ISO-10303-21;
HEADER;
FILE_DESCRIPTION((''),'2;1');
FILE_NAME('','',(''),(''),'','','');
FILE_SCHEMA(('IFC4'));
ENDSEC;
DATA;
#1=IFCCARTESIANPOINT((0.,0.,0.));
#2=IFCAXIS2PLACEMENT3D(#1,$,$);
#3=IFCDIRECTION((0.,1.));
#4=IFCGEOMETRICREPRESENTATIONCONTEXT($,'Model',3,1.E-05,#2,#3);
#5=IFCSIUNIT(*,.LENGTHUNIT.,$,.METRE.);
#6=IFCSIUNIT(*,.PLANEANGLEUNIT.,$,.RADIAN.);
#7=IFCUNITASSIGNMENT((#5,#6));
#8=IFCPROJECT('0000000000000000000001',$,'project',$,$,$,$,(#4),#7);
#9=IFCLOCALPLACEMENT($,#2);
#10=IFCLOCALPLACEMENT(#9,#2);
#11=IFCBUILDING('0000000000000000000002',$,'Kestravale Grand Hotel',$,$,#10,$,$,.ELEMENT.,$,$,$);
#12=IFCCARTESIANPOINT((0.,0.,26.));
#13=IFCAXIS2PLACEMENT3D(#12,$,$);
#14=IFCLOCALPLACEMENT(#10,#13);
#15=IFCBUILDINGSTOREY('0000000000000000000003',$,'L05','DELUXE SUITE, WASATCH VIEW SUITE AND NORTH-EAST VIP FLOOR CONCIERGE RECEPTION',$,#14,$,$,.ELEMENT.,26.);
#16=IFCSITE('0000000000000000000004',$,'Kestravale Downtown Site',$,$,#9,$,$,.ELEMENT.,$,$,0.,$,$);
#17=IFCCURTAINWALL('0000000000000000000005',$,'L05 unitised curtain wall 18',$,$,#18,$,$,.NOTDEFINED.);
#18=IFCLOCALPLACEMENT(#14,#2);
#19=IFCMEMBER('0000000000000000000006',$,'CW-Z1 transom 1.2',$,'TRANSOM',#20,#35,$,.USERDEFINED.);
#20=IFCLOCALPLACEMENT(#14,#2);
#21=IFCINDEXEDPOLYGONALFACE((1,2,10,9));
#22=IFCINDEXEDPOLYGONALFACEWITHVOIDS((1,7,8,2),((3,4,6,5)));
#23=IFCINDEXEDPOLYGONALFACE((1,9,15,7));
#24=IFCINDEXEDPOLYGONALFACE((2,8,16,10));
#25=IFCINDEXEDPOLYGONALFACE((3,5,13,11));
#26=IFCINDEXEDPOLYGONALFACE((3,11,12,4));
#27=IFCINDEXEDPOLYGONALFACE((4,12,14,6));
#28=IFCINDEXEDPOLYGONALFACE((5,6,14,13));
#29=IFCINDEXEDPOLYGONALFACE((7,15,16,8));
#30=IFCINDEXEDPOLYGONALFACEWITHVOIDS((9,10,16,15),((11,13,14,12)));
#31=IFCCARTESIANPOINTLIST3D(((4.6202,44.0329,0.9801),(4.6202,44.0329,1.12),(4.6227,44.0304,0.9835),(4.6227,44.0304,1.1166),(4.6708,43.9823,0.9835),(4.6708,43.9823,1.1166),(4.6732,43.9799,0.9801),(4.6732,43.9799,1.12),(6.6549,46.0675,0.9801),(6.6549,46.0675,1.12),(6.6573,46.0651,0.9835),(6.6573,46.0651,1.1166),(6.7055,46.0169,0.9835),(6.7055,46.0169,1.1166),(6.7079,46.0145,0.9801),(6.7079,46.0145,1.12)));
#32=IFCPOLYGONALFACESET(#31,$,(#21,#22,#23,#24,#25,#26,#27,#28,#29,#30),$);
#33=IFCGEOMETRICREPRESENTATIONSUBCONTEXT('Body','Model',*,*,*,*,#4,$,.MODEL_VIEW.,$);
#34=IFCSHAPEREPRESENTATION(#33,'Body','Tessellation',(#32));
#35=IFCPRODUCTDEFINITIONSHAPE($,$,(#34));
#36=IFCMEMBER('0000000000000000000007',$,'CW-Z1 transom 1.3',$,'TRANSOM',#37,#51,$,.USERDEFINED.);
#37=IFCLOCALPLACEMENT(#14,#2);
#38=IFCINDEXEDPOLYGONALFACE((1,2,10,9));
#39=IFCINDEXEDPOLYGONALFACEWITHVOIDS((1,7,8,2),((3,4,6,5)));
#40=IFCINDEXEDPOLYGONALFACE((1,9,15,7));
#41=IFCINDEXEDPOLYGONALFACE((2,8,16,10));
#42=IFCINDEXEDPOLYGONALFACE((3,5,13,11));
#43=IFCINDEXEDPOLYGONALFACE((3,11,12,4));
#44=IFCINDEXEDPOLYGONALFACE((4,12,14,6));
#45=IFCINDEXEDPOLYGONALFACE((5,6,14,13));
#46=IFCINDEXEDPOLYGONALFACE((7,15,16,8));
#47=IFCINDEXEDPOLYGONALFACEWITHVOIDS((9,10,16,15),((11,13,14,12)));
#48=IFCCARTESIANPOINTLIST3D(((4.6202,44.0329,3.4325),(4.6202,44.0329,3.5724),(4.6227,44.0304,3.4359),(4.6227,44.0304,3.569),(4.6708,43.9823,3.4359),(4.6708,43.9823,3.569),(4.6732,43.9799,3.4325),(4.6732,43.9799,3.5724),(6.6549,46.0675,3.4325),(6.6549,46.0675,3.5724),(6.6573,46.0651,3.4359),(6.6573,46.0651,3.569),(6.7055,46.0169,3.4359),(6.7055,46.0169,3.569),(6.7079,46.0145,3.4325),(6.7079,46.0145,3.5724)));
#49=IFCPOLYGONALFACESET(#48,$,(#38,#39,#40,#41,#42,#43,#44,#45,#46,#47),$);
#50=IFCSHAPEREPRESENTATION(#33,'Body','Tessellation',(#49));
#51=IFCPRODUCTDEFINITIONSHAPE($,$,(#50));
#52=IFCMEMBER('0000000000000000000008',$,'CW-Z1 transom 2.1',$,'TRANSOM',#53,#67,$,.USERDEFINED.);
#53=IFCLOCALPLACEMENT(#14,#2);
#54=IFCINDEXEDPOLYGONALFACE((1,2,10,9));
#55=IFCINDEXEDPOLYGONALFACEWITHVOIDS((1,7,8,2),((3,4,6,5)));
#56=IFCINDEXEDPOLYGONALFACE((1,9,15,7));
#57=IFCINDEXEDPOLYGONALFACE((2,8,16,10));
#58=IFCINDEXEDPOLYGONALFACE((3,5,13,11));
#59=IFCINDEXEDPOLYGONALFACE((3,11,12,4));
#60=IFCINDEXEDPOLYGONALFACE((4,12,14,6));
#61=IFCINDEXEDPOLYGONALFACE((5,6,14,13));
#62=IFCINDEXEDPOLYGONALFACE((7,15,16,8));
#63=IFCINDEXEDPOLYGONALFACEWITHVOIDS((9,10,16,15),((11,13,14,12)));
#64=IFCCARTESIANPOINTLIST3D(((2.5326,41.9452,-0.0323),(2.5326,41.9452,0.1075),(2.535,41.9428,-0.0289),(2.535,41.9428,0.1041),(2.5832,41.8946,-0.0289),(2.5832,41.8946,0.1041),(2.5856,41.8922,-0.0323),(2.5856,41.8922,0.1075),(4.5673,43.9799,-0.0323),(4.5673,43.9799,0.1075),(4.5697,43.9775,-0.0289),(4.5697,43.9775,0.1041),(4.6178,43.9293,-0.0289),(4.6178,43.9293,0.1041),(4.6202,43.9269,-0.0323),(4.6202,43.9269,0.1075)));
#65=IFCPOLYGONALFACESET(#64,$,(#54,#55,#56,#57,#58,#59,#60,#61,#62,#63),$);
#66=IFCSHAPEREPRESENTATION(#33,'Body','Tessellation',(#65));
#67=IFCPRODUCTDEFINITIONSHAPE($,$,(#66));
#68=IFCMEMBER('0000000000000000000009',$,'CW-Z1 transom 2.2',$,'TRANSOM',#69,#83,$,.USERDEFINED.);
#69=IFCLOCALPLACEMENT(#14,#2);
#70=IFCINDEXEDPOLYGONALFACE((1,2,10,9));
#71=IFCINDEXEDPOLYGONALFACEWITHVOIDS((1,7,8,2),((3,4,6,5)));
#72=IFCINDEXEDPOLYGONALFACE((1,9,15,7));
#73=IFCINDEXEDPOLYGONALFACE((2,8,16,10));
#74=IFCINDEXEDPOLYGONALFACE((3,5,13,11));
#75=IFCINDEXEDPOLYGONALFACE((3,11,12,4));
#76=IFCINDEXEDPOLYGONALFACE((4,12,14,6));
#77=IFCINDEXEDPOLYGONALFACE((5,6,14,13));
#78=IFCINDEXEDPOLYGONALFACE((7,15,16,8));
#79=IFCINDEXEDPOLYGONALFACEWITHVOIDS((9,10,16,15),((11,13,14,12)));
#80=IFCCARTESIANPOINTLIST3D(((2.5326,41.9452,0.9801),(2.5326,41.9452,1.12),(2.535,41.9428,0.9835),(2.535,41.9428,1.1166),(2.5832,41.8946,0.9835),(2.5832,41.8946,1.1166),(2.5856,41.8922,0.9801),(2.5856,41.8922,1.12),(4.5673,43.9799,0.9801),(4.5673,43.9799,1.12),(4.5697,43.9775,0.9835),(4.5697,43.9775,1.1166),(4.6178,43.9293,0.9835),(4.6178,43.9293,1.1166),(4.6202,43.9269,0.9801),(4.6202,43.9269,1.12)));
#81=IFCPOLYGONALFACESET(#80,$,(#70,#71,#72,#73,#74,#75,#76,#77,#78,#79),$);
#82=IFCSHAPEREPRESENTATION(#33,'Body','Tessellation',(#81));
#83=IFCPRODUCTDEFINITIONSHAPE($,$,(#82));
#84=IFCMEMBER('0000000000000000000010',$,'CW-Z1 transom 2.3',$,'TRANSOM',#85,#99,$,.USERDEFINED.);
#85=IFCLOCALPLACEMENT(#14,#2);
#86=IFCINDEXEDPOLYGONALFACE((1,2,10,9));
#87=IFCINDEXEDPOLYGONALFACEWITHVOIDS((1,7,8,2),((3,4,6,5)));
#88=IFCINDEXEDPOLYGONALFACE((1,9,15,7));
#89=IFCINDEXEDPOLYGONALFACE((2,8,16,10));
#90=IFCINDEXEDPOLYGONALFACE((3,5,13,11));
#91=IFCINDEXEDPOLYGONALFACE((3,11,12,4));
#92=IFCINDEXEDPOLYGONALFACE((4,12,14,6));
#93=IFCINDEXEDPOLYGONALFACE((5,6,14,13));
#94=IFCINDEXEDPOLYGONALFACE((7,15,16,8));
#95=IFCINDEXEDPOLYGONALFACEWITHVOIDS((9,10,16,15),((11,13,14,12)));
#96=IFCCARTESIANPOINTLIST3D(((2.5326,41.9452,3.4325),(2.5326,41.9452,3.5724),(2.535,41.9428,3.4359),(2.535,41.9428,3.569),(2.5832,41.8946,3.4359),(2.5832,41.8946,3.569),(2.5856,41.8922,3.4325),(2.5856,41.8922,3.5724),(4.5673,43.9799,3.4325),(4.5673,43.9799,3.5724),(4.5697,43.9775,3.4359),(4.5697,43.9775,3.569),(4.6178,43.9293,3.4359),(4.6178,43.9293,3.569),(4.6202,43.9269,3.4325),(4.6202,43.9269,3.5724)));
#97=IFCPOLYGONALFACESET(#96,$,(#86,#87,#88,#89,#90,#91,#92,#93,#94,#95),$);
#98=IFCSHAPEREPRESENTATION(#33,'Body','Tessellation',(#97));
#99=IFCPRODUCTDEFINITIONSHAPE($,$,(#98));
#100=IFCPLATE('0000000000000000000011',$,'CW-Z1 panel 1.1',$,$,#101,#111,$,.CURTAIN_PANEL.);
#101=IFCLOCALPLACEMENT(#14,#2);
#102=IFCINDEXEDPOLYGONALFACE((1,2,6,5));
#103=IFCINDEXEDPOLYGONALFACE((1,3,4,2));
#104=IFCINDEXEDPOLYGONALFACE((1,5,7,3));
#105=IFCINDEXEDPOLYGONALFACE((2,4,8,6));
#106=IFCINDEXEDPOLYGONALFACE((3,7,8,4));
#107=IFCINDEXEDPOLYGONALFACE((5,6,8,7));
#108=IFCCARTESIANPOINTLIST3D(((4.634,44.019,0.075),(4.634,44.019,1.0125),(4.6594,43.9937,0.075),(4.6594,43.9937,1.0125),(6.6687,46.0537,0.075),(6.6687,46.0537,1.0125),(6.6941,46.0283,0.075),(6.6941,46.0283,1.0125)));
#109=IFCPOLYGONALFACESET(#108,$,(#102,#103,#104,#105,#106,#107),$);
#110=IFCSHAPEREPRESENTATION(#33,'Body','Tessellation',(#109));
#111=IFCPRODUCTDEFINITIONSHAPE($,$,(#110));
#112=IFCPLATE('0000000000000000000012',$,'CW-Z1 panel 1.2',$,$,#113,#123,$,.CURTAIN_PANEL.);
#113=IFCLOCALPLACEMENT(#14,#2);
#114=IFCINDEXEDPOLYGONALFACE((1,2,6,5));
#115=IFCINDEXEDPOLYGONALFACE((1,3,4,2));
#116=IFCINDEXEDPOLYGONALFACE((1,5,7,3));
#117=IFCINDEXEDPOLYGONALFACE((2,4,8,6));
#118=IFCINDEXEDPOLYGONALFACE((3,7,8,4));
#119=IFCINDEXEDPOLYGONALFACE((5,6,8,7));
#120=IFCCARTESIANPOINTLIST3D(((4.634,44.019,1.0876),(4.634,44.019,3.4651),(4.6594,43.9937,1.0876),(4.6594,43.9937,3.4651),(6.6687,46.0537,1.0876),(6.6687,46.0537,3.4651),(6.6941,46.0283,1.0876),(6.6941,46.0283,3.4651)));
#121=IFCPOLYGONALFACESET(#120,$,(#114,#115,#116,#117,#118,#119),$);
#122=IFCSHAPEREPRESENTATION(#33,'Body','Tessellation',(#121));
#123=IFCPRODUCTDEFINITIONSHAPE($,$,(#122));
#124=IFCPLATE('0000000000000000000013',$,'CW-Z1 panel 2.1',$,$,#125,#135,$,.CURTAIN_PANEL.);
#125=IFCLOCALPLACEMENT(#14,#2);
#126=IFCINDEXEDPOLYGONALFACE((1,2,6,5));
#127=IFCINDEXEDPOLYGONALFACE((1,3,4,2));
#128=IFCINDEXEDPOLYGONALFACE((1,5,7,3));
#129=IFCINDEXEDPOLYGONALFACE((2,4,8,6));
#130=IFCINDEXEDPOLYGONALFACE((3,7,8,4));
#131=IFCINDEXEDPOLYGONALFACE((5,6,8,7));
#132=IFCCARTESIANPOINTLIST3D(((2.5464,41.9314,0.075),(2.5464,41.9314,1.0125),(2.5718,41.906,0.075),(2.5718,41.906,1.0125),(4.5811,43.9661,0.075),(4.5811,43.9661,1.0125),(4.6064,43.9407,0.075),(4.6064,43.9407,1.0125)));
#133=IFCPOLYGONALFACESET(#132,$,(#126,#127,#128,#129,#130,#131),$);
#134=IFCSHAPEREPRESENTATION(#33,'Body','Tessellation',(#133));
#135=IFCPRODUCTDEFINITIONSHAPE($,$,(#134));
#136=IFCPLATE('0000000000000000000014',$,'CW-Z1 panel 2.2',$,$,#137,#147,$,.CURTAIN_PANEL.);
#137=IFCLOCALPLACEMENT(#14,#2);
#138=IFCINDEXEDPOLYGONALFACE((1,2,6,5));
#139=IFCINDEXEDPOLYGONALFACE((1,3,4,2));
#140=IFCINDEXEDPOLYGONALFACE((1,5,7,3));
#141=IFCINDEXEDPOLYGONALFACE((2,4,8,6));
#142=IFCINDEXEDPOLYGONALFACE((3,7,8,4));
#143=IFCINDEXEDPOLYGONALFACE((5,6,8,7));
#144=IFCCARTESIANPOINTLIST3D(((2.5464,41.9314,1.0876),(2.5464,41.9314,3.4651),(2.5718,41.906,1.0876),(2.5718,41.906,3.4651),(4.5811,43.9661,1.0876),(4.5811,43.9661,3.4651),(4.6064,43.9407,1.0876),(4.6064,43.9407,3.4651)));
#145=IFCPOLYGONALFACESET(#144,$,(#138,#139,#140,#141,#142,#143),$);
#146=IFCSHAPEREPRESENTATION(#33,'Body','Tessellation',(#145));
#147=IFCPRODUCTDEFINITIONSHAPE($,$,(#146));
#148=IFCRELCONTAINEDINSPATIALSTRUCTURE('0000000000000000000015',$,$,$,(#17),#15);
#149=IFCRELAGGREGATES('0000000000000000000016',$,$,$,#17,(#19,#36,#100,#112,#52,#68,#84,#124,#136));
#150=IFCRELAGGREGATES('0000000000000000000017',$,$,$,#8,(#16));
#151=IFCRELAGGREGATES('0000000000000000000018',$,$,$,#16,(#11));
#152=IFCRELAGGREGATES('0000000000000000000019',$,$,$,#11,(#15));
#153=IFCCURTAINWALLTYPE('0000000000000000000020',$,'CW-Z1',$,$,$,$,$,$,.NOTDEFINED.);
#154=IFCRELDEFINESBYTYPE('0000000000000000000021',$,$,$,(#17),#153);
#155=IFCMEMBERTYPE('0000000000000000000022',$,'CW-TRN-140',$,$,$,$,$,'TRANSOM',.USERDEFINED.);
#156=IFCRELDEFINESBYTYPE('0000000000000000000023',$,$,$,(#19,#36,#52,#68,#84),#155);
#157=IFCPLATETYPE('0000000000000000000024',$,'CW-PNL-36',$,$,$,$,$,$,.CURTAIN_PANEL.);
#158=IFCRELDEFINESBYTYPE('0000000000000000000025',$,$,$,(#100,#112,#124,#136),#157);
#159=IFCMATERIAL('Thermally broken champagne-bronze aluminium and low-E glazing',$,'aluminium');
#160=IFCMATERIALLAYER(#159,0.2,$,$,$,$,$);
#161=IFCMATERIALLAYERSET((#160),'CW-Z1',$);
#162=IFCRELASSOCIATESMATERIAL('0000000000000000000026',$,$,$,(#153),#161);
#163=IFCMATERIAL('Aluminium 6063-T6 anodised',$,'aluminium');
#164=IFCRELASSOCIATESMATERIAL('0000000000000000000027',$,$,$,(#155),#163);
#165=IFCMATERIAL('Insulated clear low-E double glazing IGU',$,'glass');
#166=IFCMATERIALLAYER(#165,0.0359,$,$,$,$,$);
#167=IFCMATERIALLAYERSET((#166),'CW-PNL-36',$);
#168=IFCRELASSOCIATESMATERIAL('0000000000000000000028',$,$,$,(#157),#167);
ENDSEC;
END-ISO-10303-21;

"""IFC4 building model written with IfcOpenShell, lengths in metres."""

from ifc_helpers import new_model, si_unit, direction, frame, origin, origin_2d, place, context, subcontext, project, spatial, rectangle, hollow_rectangle, extrude, material, layer, layer_set, material_profile, profile_set, type_object, element, aggregate, save


model = new_model("IFC4")

# Units and contexts
model_context = context("Model", 3, precision=1e-05, world=origin(), true_north=direction((0.0, 1.0)))
body_context = subcontext(model_context, "Body", "Model", "MODEL_VIEW")
ifc_project = project(units=[si_unit("LENGTHUNIT", "METRE"), si_unit("PLANEANGLEUNIT", "RADIAN")], contexts=[model_context])

# Site, building, storey
site_placement = place(None, origin())
site = spatial("IfcSite", under=ifc_project, at=site_placement, Name="Kestravale Downtown Site", CompositionType="ELEMENT", RefElevation=0.0)
building_placement = place(site_placement, origin())
building = spatial("IfcBuilding", under=site, at=building_placement, Name="Kestravale Grand Hotel", CompositionType="ELEMENT")
storey_placement = place(building_placement, frame((0.0, 0.0, 26.0)))
storey = spatial("IfcBuildingStorey", under=building, at=storey_placement, Name="L05", Description="DELUXE SUITE, WASATCH VIEW SUITE AND NORTH-EAST VIP FLOOR CONCIERGE RECEPTION", CompositionType="ELEMENT", Elevation=26.0)

# Curtain wall, members, plates
ifc_material_1 = material(Name="Thermally broken champagne-bronze aluminium and low-E glazing", Category="aluminium")
ifc_layer_1 = layer(ifc_material_1, 0.2)
ifc_layer_set_1 = layer_set([ifc_layer_1], Name="CW-Z1")
curtain_wall_type = type_object("IfcCurtainWallType", Name="CW-Z1", PredefinedType="NOTDEFINED", material=ifc_layer_set_1)
curtain_wall_placement = place(storey_placement, origin())
curtain_wall = element("IfcCurtainWall", 1, at=curtain_wall_placement, inside=storey, type_object=curtain_wall_type, Name="L05 unitised curtain wall 18", PredefinedType="NOTDEFINED")
ifc_material_2 = material(Name="Aluminium 6063-T6 anodised", Category="aluminium")
ifc_material_profile_1 = material_profile(ifc_material_2, hollow_rectangle(XDim=0.075, YDim=0.1399, WallThickness=0.0034, at=origin_2d()))
ifc_profile_set_1 = profile_set([ifc_material_profile_1], Name="Aluminium 6063-T6 anodised")
member_type_1 = type_object("IfcMemberType", Name="CW-TRN-140", ElementType="TRANSOM", PredefinedType="USERDEFINED", material=ifc_profile_set_1)
member_1_placement = place(storey_placement, frame((6.6814, 46.041, 1.05), z_axis=(-0.707107, -0.707107, 0.0), x_axis=(0.707107, -0.707107, 0.0)))
member_1 = element("IfcMember", 2, at=member_1_placement, type_object=member_type_1, Name="CW-Z1 transom 1.2", ObjectType="TRANSOM", PredefinedType="USERDEFINED", context=body_context, shape_type="SweptSolid", body=[
    extrude(hollow_rectangle(XDim=0.075, YDim=0.1399, WallThickness=0.0034, at=origin_2d()), origin(), (0.0, 0.0, 1.0), 2.8774),
])
member_2_placement = place(storey_placement, frame((6.6814, 46.041, 3.5024), z_axis=(-0.707107, -0.707107, 0.0), x_axis=(0.707107, -0.707107, 0.0)))
member_2 = element("IfcMember", 3, at=member_2_placement, type_object=member_type_1, Name="CW-Z1 transom 1.3", ObjectType="TRANSOM", PredefinedType="USERDEFINED", context=body_context, shape_type="SweptSolid", body=[
    extrude(hollow_rectangle(XDim=0.075, YDim=0.1399, WallThickness=0.0034, at=origin_2d()), origin(), (0.0, 0.0, 1.0), 2.8774),
])
member_3_placement = place(storey_placement, frame((4.5938, 43.9534, 0.0376), z_axis=(-0.707107, -0.707107, 0.0), x_axis=(0.707107, -0.707107, 0.0)))
member_3 = element("IfcMember", 4, at=member_3_placement, type_object=member_type_1, Name="CW-Z1 transom 2.1", ObjectType="TRANSOM", PredefinedType="USERDEFINED", context=body_context, shape_type="SweptSolid", body=[
    extrude(hollow_rectangle(XDim=0.075, YDim=0.1399, WallThickness=0.0034, at=origin_2d()), origin(), (0.0, 0.0, 1.0), 2.8774),
])
member_4_placement = place(storey_placement, frame((4.5938, 43.9534, 1.05), z_axis=(-0.707107, -0.707107, 0.0), x_axis=(0.707107, -0.707107, 0.0)))
member_4 = element("IfcMember", 5, at=member_4_placement, type_object=member_type_1, Name="CW-Z1 transom 2.2", ObjectType="TRANSOM", PredefinedType="USERDEFINED", context=body_context, shape_type="SweptSolid", body=[
    extrude(hollow_rectangle(XDim=0.075, YDim=0.1399, WallThickness=0.0034, at=origin_2d()), origin(), (0.0, 0.0, 1.0), 2.8774),
])
member_5_placement = place(storey_placement, frame((4.5938, 43.9534, 3.5024), z_axis=(-0.707107, -0.707107, 0.0), x_axis=(0.707107, -0.707107, 0.0)))
member_5 = element("IfcMember", 6, at=member_5_placement, type_object=member_type_1, Name="CW-Z1 transom 2.3", ObjectType="TRANSOM", PredefinedType="USERDEFINED", context=body_context, shape_type="SweptSolid", body=[
    extrude(hollow_rectangle(XDim=0.075, YDim=0.1399, WallThickness=0.0034, at=origin_2d()), origin(), (0.0, 0.0, 1.0), 2.8774),
])
ifc_material_3 = material(Name="Insulated clear low-E double glazing IGU", Category="glass")
ifc_layer_2 = layer(ifc_material_3, 0.0359)
ifc_layer_set_2 = layer_set([ifc_layer_2], Name="CW-PNL-36")
plate_type = type_object("IfcPlateType", Name="CW-PNL-36", PredefinedType="CURTAIN_PANEL", material=ifc_layer_set_2)
plate_1_placement = place(storey_placement, frame((5.6641, 45.0237, 0.075), z_axis=(0.0, 0.0, 1.0), x_axis=(-0.707107, -0.707107, 0.0)))
plate_1 = element("IfcPlate", 7, at=plate_1_placement, type_object=plate_type, Name="CW-Z1 panel 1.1", PredefinedType="CURTAIN_PANEL", context=body_context, shape_type="SweptSolid", body=[
    extrude(rectangle(XDim=2.8774, YDim=0.0359, at=origin_2d()), origin(), (0.0, 0.0, 1.0), 0.9375),
])
plate_2_placement = place(storey_placement, frame((5.6641, 45.0237, 1.0876), z_axis=(0.0, 0.0, 1.0), x_axis=(-0.707107, -0.707107, 0.0)))
plate_2 = element("IfcPlate", 8, at=plate_2_placement, type_object=plate_type, Name="CW-Z1 panel 1.2", PredefinedType="CURTAIN_PANEL", context=body_context, shape_type="SweptSolid", body=[
    extrude(rectangle(XDim=2.8774, YDim=0.0359, at=origin_2d()), origin(), (0.0, 0.0, 1.0), 2.3774),
])
plate_3_placement = place(storey_placement, frame((3.5764, 42.936, 0.075), z_axis=(0.0, 0.0, 1.0), x_axis=(-0.707107, -0.707107, 0.0)))
plate_3 = element("IfcPlate", 9, at=plate_3_placement, type_object=plate_type, Name="CW-Z1 panel 2.1", PredefinedType="CURTAIN_PANEL", context=body_context, shape_type="SweptSolid", body=[
    extrude(rectangle(XDim=2.8774, YDim=0.0359, at=origin_2d()), origin(), (0.0, 0.0, 1.0), 0.9375),
])
plate_4_placement = place(storey_placement, frame((3.5764, 42.936, 1.0876), z_axis=(0.0, 0.0, 1.0), x_axis=(-0.707107, -0.707107, 0.0)))
plate_4 = element("IfcPlate", 10, at=plate_4_placement, type_object=plate_type, Name="CW-Z1 panel 2.2", PredefinedType="CURTAIN_PANEL", context=body_context, shape_type="SweptSolid", body=[
    extrude(rectangle(XDim=2.8774, YDim=0.0359, at=origin_2d()), origin(), (0.0, 0.0, 1.0), 2.3774),
])
aggregate(curtain_wall, [member_1, member_2, plate_1, plate_2, member_3, member_4, member_5, plate_3, plate_4])

save(model, "model.ifc")
